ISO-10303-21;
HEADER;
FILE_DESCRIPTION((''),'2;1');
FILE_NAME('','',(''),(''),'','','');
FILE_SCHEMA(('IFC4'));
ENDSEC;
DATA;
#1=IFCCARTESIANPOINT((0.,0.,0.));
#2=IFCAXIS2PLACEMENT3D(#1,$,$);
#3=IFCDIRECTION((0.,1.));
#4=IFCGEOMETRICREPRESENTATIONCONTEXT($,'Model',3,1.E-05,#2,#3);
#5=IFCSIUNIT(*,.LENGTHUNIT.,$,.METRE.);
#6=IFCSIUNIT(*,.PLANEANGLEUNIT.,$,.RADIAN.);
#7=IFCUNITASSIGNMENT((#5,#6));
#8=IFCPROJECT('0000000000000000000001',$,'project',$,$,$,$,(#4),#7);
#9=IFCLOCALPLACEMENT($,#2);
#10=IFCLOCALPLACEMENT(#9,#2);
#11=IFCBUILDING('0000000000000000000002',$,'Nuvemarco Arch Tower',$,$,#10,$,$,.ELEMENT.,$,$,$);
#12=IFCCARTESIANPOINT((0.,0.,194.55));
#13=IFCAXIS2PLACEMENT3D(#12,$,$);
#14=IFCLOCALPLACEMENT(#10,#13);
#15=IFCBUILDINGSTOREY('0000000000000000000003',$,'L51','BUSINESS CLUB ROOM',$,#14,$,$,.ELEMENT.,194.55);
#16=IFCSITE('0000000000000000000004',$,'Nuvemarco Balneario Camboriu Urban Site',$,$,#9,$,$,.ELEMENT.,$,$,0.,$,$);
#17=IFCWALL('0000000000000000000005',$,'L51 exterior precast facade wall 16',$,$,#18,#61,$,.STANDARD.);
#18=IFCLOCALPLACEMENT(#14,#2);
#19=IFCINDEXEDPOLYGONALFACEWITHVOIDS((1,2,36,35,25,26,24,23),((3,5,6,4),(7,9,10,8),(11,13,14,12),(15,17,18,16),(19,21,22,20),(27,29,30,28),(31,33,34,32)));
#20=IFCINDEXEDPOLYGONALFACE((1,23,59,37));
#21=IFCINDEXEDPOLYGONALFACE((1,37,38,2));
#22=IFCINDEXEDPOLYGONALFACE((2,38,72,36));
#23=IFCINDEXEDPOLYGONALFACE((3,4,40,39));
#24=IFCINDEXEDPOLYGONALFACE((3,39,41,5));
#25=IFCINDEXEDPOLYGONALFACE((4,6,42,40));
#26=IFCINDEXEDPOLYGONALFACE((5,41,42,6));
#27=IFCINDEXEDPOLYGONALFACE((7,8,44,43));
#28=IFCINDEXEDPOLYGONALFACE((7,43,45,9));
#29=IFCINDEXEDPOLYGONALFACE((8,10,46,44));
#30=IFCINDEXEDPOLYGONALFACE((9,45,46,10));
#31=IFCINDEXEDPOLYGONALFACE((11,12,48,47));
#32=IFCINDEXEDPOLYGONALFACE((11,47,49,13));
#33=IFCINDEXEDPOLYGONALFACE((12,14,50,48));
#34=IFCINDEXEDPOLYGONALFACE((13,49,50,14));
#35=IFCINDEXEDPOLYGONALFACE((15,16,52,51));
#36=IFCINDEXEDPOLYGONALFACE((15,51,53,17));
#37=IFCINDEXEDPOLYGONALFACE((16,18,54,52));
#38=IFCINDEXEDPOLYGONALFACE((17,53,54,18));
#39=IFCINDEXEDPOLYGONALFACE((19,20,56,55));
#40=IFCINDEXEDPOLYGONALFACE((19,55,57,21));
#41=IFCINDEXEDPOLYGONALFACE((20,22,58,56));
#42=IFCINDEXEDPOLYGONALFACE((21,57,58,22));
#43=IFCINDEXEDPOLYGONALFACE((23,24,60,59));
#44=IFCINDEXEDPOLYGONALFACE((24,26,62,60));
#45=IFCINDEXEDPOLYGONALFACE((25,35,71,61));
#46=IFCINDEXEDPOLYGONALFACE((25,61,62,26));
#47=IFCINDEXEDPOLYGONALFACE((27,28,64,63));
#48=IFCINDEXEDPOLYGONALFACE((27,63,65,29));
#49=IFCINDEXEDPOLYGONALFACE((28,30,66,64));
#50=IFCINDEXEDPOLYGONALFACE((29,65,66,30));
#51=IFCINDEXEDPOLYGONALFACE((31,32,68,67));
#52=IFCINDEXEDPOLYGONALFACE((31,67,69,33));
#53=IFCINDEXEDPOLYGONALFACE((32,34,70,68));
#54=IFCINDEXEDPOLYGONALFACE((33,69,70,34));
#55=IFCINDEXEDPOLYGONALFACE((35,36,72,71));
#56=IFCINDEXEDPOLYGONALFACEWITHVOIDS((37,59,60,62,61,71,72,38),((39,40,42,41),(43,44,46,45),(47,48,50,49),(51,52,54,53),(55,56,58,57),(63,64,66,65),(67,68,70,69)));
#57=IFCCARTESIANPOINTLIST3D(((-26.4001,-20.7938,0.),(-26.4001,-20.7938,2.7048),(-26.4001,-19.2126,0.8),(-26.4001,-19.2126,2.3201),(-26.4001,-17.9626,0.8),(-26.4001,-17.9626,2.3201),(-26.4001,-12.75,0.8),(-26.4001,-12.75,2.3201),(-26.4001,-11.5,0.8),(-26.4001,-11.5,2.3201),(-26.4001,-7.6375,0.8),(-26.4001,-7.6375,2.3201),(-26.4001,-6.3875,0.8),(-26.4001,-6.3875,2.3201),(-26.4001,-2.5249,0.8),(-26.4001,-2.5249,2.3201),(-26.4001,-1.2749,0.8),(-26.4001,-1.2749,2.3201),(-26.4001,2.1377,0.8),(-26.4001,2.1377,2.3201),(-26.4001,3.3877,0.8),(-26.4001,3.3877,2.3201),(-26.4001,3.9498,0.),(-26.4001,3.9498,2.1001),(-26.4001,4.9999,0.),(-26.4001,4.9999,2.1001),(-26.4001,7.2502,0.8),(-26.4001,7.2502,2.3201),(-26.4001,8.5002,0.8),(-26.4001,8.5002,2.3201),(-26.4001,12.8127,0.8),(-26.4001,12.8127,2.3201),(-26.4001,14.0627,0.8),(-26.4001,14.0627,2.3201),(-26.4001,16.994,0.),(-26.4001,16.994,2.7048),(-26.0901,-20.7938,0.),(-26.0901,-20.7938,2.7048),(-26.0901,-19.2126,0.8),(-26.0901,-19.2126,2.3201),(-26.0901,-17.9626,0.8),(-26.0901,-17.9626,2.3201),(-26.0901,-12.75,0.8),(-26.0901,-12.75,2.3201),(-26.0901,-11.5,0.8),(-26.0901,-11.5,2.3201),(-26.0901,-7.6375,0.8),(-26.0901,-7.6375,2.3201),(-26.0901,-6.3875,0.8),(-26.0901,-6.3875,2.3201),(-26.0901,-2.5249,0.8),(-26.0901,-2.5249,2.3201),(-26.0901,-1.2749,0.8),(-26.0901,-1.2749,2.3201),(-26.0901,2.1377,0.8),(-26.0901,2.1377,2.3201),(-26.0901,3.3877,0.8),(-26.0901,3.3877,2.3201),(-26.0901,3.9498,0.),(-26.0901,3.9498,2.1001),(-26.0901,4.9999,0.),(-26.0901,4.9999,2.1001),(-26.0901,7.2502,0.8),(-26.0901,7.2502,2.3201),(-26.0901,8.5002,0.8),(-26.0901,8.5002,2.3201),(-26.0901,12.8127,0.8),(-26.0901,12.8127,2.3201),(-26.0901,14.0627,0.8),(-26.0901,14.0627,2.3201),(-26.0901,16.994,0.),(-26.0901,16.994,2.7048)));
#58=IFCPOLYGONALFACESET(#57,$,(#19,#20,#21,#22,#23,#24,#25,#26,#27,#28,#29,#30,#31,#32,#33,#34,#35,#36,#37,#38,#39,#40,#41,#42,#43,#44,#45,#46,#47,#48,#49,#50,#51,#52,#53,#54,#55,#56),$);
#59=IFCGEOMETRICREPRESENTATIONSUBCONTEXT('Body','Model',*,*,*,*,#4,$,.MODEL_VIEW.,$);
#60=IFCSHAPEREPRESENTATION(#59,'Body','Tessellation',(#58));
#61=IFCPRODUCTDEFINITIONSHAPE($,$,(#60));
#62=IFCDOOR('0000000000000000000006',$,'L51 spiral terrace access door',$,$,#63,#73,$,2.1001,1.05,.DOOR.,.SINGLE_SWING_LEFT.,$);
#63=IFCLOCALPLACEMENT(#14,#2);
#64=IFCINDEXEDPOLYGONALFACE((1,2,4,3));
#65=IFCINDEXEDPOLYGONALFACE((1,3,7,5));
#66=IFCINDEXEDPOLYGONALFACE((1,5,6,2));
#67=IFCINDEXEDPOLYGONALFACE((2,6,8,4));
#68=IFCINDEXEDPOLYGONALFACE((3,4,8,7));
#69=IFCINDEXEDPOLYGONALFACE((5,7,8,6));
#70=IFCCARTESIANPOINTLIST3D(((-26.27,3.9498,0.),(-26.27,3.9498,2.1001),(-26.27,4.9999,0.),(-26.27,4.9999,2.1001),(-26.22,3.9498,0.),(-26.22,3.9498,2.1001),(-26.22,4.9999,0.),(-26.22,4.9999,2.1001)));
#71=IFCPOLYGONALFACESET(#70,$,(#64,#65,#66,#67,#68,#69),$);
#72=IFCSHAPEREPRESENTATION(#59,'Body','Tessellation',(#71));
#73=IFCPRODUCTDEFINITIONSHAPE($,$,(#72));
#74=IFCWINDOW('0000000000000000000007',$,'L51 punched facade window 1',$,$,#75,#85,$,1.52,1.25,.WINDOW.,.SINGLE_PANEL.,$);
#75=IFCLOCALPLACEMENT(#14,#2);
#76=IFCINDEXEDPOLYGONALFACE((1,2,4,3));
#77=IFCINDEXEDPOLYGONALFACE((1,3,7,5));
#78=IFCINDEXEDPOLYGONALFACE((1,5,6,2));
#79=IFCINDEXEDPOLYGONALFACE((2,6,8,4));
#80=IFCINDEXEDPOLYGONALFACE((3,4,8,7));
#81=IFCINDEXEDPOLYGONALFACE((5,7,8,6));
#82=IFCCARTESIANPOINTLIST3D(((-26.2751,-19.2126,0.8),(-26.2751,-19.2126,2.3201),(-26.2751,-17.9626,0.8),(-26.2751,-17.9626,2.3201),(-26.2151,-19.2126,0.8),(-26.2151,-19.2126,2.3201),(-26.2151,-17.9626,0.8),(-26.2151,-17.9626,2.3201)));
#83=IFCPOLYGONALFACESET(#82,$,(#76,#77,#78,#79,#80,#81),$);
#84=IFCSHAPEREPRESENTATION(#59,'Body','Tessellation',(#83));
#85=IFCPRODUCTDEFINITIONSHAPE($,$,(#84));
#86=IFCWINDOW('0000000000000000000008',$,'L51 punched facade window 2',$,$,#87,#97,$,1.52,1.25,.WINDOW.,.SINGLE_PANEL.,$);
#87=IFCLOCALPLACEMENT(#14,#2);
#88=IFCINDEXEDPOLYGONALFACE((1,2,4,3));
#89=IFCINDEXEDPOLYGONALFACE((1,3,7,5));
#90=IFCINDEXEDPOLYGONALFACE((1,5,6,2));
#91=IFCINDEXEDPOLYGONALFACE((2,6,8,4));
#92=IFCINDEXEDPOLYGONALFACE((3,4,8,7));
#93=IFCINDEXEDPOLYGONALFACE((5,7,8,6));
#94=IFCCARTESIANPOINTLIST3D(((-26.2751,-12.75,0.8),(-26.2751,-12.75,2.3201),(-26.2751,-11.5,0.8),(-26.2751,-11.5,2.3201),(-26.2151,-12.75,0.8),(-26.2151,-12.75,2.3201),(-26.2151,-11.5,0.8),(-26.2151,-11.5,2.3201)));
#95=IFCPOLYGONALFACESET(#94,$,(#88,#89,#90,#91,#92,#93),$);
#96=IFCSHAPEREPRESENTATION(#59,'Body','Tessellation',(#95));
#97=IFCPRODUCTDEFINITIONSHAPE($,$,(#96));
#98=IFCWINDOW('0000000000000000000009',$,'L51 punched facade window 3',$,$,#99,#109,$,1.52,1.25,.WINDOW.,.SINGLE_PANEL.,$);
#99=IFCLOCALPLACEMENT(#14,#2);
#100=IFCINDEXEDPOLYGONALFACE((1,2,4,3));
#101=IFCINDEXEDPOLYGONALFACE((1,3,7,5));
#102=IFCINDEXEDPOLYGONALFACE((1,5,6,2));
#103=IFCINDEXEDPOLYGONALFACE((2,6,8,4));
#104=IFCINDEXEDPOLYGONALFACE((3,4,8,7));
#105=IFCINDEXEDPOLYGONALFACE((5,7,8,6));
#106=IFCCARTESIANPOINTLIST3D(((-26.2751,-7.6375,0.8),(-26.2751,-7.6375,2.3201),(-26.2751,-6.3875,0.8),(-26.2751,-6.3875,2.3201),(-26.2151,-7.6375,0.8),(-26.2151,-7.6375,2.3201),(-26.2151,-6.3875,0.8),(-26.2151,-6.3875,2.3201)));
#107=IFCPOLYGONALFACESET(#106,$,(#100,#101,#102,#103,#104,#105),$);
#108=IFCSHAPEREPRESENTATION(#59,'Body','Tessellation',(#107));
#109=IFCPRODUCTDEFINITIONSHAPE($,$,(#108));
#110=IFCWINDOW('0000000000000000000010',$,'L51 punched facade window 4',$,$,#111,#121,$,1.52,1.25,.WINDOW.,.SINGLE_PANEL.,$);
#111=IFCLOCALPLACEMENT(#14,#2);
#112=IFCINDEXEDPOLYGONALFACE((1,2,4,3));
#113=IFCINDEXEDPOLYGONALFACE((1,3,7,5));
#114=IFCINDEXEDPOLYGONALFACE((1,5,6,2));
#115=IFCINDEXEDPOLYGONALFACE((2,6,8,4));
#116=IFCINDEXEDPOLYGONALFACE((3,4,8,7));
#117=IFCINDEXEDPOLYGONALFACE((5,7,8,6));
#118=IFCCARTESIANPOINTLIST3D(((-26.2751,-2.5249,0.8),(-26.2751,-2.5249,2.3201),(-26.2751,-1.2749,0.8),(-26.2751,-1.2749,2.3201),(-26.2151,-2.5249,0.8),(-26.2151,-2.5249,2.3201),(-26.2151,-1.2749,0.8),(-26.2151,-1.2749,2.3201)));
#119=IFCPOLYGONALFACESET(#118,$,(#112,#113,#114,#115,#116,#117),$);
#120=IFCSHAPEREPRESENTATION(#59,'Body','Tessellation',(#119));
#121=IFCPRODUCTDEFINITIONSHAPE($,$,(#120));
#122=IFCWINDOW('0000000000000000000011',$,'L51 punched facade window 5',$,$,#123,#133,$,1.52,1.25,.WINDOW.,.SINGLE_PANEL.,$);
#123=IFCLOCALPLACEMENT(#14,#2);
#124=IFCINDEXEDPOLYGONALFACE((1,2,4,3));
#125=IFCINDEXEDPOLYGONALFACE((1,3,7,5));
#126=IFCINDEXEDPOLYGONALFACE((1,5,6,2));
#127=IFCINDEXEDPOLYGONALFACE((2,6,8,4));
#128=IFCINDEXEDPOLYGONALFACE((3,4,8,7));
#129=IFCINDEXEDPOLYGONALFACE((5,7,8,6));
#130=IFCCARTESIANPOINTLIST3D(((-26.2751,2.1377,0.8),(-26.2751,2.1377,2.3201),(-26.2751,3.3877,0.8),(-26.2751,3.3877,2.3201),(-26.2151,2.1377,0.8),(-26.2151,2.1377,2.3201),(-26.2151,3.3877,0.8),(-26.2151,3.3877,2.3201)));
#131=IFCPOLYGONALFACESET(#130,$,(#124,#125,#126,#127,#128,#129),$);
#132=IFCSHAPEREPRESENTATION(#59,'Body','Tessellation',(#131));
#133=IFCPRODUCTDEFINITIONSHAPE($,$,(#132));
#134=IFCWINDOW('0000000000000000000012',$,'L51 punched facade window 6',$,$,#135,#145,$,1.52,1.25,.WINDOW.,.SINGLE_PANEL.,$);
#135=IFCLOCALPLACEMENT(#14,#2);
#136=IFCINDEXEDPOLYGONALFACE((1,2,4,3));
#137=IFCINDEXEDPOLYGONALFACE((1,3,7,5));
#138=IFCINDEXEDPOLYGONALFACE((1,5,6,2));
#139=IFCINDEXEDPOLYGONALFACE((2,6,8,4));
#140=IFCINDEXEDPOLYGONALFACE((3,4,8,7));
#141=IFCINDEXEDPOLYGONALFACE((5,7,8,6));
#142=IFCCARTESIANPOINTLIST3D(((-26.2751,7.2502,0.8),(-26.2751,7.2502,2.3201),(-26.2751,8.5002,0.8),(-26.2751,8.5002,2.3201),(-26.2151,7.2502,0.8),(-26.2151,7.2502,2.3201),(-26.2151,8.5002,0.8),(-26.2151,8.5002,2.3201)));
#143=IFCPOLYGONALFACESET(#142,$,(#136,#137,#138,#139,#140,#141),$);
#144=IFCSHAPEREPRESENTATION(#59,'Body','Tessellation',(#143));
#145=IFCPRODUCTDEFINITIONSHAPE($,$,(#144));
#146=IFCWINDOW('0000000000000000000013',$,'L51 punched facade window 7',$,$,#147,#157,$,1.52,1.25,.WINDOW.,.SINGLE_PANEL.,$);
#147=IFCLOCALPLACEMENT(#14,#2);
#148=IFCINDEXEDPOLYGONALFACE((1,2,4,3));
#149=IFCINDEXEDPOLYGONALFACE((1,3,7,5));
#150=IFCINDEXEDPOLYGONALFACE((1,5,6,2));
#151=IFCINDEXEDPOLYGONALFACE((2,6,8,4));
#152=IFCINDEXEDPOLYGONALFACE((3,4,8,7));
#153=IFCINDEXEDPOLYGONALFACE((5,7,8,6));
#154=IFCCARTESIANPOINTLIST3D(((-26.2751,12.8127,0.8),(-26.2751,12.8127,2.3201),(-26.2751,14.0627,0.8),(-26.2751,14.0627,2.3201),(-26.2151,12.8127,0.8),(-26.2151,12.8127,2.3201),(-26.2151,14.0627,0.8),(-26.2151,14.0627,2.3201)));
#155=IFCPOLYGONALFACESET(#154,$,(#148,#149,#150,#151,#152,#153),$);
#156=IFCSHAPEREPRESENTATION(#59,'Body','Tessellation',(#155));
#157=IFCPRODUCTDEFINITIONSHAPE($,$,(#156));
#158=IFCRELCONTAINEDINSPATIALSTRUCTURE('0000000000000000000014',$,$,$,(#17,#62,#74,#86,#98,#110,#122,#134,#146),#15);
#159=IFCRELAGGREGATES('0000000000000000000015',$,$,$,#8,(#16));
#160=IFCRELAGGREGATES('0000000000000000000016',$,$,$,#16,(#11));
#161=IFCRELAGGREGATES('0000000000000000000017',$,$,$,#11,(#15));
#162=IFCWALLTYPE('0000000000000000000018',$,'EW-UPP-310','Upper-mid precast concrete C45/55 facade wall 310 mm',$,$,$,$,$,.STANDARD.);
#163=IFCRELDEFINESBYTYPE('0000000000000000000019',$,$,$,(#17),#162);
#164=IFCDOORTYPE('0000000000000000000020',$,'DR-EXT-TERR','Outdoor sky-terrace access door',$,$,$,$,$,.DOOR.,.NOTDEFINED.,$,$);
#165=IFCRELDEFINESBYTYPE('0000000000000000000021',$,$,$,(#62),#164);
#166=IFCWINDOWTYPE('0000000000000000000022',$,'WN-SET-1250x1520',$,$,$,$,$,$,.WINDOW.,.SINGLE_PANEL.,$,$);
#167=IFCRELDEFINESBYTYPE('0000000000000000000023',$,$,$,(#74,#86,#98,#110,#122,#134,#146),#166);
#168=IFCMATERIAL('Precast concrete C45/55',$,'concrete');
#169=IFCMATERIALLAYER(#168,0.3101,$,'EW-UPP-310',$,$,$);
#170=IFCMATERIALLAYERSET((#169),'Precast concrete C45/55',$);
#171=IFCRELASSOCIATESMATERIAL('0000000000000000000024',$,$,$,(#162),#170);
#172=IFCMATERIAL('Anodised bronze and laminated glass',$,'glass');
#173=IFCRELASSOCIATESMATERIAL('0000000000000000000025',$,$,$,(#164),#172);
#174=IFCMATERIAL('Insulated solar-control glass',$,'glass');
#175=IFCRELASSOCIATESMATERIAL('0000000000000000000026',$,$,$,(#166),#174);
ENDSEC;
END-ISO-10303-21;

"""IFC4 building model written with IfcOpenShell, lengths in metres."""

from ifc_helpers import new_model, si_unit, direction, frame, frame_2d, origin, place, context, subcontext, project, spatial, rectangle, extrude, source, transform, mapped, material, layer, layer_set, type_object, type_shapes, element, fill, save


model = new_model("IFC4")

# Units and contexts
model_context = context("Model", 3, precision=1e-05, world=origin(), true_north=direction((0.0, 1.0)))
body_context = subcontext(model_context, "Body", "Model", "MODEL_VIEW")
ifc_project = project(units=[si_unit("LENGTHUNIT", "METRE"), si_unit("PLANEANGLEUNIT", "RADIAN")], contexts=[model_context])

# Site, building, storey
site_placement = place(None, origin())
site = spatial("IfcSite", under=ifc_project, at=site_placement, Name="Nuvemarco Balneario Camboriu Urban Site", CompositionType="ELEMENT", RefElevation=0.0)
building_placement = place(site_placement, origin())
building = spatial("IfcBuilding", under=site, at=building_placement, Name="Nuvemarco Arch Tower", CompositionType="ELEMENT")
storey_placement = place(building_placement, frame((0.0, 0.0, 194.55)))
storey = spatial("IfcBuildingStorey", under=building, at=storey_placement, Name="L51", Description="BUSINESS CLUB ROOM", CompositionType="ELEMENT", Elevation=194.55)

# Wall, openings, door, windows
ifc_material_1 = material(Name="Precast concrete C45/55", Category="concrete")
ifc_layer = layer(ifc_material_1, 0.3101, Name="EW-UPP-310")
ifc_layer_set = layer_set([ifc_layer], Name="Precast concrete C45/55")
wall_type = type_object("IfcWallType", Name="EW-UPP-310", Description="Upper-mid precast concrete C45/55 facade wall 310 mm", PredefinedType="STANDARD", material=ifc_layer_set)
wall_1_placement = place(storey_placement, frame((-26.2451, -20.7939, 0.0), z_axis=(0.0, 0.0, 1.0), x_axis=(0.0, 1.0, 0.0)))
wall_1 = element("IfcWall", 1, at=wall_1_placement, inside=storey, type_object=wall_type, Name="L51 exterior precast facade wall 16", PredefinedType="STANDARD", context=body_context, shape_type="SweptSolid", body=[
    extrude(rectangle(XDim=37.7878, YDim=0.3101, at=frame_2d((18.894, 0.0))), origin(), (0.0, 0.0, 1.0), 2.7048),
])
opening_1_placement = place(wall_1_placement, frame((24.7439, 0.0, 0.0)))
opening_1 = element("IfcOpeningElement", 2, at=opening_1_placement, cuts=wall_1, PredefinedType="OPENING", context=body_context, shape_type="SweptSolid", body=[
    extrude(rectangle(XDim=1.05, YDim=2.1001, at=frame_2d((0.5249, 1.05))), frame((0.0, 0.165, 0.0), z_axis=(0.0, -1.0, 0.0), x_axis=(1.0, 0.0, 0.0)), (0.0, 0.0, 1.0), 0.3301),
])
opening_2_placement = place(wall_1_placement, frame((1.5813, 0.0, 0.8)))
opening_2 = element("IfcOpeningElement", 3, at=opening_2_placement, cuts=wall_1, PredefinedType="OPENING", context=body_context, shape_type="SweptSolid", body=[
    extrude(rectangle(XDim=1.25, YDim=1.52, at=frame_2d((0.625, 0.76))), frame((0.0, 0.165, 0.0), z_axis=(0.0, -1.0, 0.0), x_axis=(1.0, 0.0, 0.0)), (0.0, 0.0, 1.0), 0.3301),
])
opening_3_placement = place(wall_1_placement, frame((8.0439, 0.0, 0.8)))
opening_3 = element("IfcOpeningElement", 4, at=opening_3_placement, cuts=wall_1, PredefinedType="OPENING", context=body_context, shape_type="SweptSolid", body=[
    extrude(rectangle(XDim=1.25, YDim=1.52, at=frame_2d((0.625, 0.76))), frame((0.0, 0.165, 0.0), z_axis=(0.0, -1.0, 0.0), x_axis=(1.0, 0.0, 0.0)), (0.0, 0.0, 1.0), 0.3301),
])
opening_4_placement = place(wall_1_placement, frame((13.1565, 0.0, 0.8)))
opening_4 = element("IfcOpeningElement", 5, at=opening_4_placement, cuts=wall_1, PredefinedType="OPENING", context=body_context, shape_type="SweptSolid", body=[
    extrude(rectangle(XDim=1.25, YDim=1.52, at=frame_2d((0.625, 0.76))), frame((0.0, 0.165, 0.0), z_axis=(0.0, -1.0, 0.0), x_axis=(1.0, 0.0, 0.0)), (0.0, 0.0, 1.0), 0.3301),
])
opening_5_placement = place(wall_1_placement, frame((18.269, 0.0, 0.8)))
opening_5 = element("IfcOpeningElement", 6, at=opening_5_placement, cuts=wall_1, PredefinedType="OPENING", context=body_context, shape_type="SweptSolid", body=[
    extrude(rectangle(XDim=1.25, YDim=1.52, at=frame_2d((0.625, 0.76))), frame((0.0, 0.165, 0.0), z_axis=(0.0, -1.0, 0.0), x_axis=(1.0, 0.0, 0.0)), (0.0, 0.0, 1.0), 0.3301),
])
opening_6_placement = place(wall_1_placement, frame((22.9316, 0.0, 0.8)))
opening_6 = element("IfcOpeningElement", 7, at=opening_6_placement, cuts=wall_1, PredefinedType="OPENING", context=body_context, shape_type="SweptSolid", body=[
    extrude(rectangle(XDim=1.25, YDim=1.52, at=frame_2d((0.625, 0.76))), frame((0.0, 0.165, 0.0), z_axis=(0.0, -1.0, 0.0), x_axis=(1.0, 0.0, 0.0)), (0.0, 0.0, 1.0), 0.3301),
])
opening_7_placement = place(wall_1_placement, frame((28.0442, 0.0, 0.8)))
opening_7 = element("IfcOpeningElement", 8, at=opening_7_placement, cuts=wall_1, PredefinedType="OPENING", context=body_context, shape_type="SweptSolid", body=[
    extrude(rectangle(XDim=1.25, YDim=1.52, at=frame_2d((0.625, 0.76))), frame((0.0, 0.165, 0.0), z_axis=(0.0, -1.0, 0.0), x_axis=(1.0, 0.0, 0.0)), (0.0, 0.0, 1.0), 0.3301),
])
opening_8_placement = place(wall_1_placement, frame((33.6067, 0.0, 0.8)))
opening_8 = element("IfcOpeningElement", 9, at=opening_8_placement, cuts=wall_1, PredefinedType="OPENING", context=body_context, shape_type="SweptSolid", body=[
    extrude(rectangle(XDim=1.25, YDim=1.52, at=frame_2d((0.625, 0.76))), frame((0.0, 0.165, 0.0), z_axis=(0.0, -1.0, 0.0), x_axis=(1.0, 0.0, 0.0)), (0.0, 0.0, 1.0), 0.3301),
])
ifc_material_2 = material(Name="Anodised bronze and laminated glass", Category="glass")
door_type = type_object("IfcDoorType", Name="DR-EXT-TERR", Description="Outdoor sky-terrace access door", OperationType="NOTDEFINED", PredefinedType="DOOR", material=ifc_material_2)
shared_shape_1 = source(origin(), body_context, "Body", "SweptSolid", [
    extrude(rectangle(XDim=1.05, YDim=2.1001, at=frame_2d((0.5249, 1.05))), frame((0.0, 0.0249, 0.0), z_axis=(0.0, -1.0, 0.0), x_axis=(1.0, 0.0, 0.0)), (0.0, 0.0, 1.0), 0.05),
])
type_shapes(door_type, [shared_shape_1])
door_placement = place(opening_1_placement, origin())
door = element("IfcDoor", 10, at=door_placement, inside=storey, type_object=door_type, Name="L51 spiral terrace access door", OperationType="SINGLE_SWING_LEFT", OverallHeight=2.1001, OverallWidth=1.05, PredefinedType="DOOR", context=body_context, shape_type="MappedRepresentation", body=[
    mapped(shared_shape_1, transform((0.0, 0.0, 0.0), scale=1.0)),
])
fill(opening_1, door)
ifc_material_3 = material(Name="Insulated solar-control glass", Category="glass")
window_type = type_object("IfcWindowType", Name="WN-SET-1250x1520", PartitioningType="SINGLE_PANEL", PredefinedType="WINDOW", material=ifc_material_3)
shared_shape_2 = source(origin(), body_context, "Body", "SweptSolid", [
    extrude(rectangle(XDim=1.25, YDim=1.52, at=frame_2d((0.625, 0.76))), frame((0.0, 0.03, 0.0), z_axis=(0.0, -1.0, 0.0), x_axis=(1.0, 0.0, 0.0)), (0.0, 0.0, 1.0), 0.0601),
])
type_shapes(window_type, [shared_shape_2])
window_1_placement = place(opening_2_placement, origin())
window_1 = element("IfcWindow", 11, at=window_1_placement, inside=storey, type_object=window_type, Name="L51 punched facade window 1", OverallHeight=1.52, OverallWidth=1.25, PartitioningType="SINGLE_PANEL", PredefinedType="WINDOW", context=body_context, shape_type="MappedRepresentation", body=[
    mapped(shared_shape_2, transform((0.0, 0.0, 0.0), scale=1.0)),
])
fill(opening_2, window_1)
window_2_placement = place(opening_3_placement, origin())
window_2 = element("IfcWindow", 12, at=window_2_placement, inside=storey, type_object=window_type, Name="L51 punched facade window 2", OverallHeight=1.52, OverallWidth=1.25, PartitioningType="SINGLE_PANEL", PredefinedType="WINDOW", context=body_context, shape_type="MappedRepresentation", body=[
    mapped(shared_shape_2, transform((0.0, 0.0, 0.0), scale=1.0)),
])
fill(opening_3, window_2)
window_3_placement = place(opening_4_placement, origin())
window_3 = element("IfcWindow", 13, at=window_3_placement, inside=storey, type_object=window_type, Name="L51 punched facade window 3", OverallHeight=1.52, OverallWidth=1.25, PartitioningType="SINGLE_PANEL", PredefinedType="WINDOW", context=body_context, shape_type="MappedRepresentation", body=[
    mapped(shared_shape_2, transform((0.0, 0.0, 0.0), scale=1.0)),
])
fill(opening_4, window_3)
window_4_placement = place(opening_5_placement, origin())
window_4 = element("IfcWindow", 14, at=window_4_placement, inside=storey, type_object=window_type, Name="L51 punched facade window 4", OverallHeight=1.52, OverallWidth=1.25, PartitioningType="SINGLE_PANEL", PredefinedType="WINDOW", context=body_context, shape_type="MappedRepresentation", body=[
    mapped(shared_shape_2, transform((0.0, 0.0, 0.0), scale=1.0)),
])
fill(opening_5, window_4)
window_5_placement = place(opening_6_placement, origin())
window_5 = element("IfcWindow", 15, at=window_5_placement, inside=storey, type_object=window_type, Name="L51 punched facade window 5", OverallHeight=1.52, OverallWidth=1.25, PartitioningType="SINGLE_PANEL", PredefinedType="WINDOW", context=body_context, shape_type="MappedRepresentation", body=[
    mapped(shared_shape_2, transform((0.0, 0.0, 0.0), scale=1.0)),
])
fill(opening_6, window_5)
window_6_placement = place(opening_7_placement, origin())
window_6 = element("IfcWindow", 16, at=window_6_placement, inside=storey, type_object=window_type, Name="L51 punched facade window 6", OverallHeight=1.52, OverallWidth=1.25, PartitioningType="SINGLE_PANEL", PredefinedType="WINDOW", context=body_context, shape_type="MappedRepresentation", body=[
    mapped(shared_shape_2, transform((0.0, 0.0, 0.0), scale=1.0)),
])
fill(opening_7, window_6)
window_7_placement = place(opening_8_placement, origin())
window_7 = element("IfcWindow", 17, at=window_7_placement, inside=storey, type_object=window_type, Name="L51 punched facade window 7", OverallHeight=1.52, OverallWidth=1.25, PartitioningType="SINGLE_PANEL", PredefinedType="WINDOW", context=body_context, shape_type="MappedRepresentation", body=[
    mapped(shared_shape_2, transform((0.0, 0.0, 0.0), scale=1.0)),
])
fill(opening_8, window_7)

save(model, "model.ifc")
